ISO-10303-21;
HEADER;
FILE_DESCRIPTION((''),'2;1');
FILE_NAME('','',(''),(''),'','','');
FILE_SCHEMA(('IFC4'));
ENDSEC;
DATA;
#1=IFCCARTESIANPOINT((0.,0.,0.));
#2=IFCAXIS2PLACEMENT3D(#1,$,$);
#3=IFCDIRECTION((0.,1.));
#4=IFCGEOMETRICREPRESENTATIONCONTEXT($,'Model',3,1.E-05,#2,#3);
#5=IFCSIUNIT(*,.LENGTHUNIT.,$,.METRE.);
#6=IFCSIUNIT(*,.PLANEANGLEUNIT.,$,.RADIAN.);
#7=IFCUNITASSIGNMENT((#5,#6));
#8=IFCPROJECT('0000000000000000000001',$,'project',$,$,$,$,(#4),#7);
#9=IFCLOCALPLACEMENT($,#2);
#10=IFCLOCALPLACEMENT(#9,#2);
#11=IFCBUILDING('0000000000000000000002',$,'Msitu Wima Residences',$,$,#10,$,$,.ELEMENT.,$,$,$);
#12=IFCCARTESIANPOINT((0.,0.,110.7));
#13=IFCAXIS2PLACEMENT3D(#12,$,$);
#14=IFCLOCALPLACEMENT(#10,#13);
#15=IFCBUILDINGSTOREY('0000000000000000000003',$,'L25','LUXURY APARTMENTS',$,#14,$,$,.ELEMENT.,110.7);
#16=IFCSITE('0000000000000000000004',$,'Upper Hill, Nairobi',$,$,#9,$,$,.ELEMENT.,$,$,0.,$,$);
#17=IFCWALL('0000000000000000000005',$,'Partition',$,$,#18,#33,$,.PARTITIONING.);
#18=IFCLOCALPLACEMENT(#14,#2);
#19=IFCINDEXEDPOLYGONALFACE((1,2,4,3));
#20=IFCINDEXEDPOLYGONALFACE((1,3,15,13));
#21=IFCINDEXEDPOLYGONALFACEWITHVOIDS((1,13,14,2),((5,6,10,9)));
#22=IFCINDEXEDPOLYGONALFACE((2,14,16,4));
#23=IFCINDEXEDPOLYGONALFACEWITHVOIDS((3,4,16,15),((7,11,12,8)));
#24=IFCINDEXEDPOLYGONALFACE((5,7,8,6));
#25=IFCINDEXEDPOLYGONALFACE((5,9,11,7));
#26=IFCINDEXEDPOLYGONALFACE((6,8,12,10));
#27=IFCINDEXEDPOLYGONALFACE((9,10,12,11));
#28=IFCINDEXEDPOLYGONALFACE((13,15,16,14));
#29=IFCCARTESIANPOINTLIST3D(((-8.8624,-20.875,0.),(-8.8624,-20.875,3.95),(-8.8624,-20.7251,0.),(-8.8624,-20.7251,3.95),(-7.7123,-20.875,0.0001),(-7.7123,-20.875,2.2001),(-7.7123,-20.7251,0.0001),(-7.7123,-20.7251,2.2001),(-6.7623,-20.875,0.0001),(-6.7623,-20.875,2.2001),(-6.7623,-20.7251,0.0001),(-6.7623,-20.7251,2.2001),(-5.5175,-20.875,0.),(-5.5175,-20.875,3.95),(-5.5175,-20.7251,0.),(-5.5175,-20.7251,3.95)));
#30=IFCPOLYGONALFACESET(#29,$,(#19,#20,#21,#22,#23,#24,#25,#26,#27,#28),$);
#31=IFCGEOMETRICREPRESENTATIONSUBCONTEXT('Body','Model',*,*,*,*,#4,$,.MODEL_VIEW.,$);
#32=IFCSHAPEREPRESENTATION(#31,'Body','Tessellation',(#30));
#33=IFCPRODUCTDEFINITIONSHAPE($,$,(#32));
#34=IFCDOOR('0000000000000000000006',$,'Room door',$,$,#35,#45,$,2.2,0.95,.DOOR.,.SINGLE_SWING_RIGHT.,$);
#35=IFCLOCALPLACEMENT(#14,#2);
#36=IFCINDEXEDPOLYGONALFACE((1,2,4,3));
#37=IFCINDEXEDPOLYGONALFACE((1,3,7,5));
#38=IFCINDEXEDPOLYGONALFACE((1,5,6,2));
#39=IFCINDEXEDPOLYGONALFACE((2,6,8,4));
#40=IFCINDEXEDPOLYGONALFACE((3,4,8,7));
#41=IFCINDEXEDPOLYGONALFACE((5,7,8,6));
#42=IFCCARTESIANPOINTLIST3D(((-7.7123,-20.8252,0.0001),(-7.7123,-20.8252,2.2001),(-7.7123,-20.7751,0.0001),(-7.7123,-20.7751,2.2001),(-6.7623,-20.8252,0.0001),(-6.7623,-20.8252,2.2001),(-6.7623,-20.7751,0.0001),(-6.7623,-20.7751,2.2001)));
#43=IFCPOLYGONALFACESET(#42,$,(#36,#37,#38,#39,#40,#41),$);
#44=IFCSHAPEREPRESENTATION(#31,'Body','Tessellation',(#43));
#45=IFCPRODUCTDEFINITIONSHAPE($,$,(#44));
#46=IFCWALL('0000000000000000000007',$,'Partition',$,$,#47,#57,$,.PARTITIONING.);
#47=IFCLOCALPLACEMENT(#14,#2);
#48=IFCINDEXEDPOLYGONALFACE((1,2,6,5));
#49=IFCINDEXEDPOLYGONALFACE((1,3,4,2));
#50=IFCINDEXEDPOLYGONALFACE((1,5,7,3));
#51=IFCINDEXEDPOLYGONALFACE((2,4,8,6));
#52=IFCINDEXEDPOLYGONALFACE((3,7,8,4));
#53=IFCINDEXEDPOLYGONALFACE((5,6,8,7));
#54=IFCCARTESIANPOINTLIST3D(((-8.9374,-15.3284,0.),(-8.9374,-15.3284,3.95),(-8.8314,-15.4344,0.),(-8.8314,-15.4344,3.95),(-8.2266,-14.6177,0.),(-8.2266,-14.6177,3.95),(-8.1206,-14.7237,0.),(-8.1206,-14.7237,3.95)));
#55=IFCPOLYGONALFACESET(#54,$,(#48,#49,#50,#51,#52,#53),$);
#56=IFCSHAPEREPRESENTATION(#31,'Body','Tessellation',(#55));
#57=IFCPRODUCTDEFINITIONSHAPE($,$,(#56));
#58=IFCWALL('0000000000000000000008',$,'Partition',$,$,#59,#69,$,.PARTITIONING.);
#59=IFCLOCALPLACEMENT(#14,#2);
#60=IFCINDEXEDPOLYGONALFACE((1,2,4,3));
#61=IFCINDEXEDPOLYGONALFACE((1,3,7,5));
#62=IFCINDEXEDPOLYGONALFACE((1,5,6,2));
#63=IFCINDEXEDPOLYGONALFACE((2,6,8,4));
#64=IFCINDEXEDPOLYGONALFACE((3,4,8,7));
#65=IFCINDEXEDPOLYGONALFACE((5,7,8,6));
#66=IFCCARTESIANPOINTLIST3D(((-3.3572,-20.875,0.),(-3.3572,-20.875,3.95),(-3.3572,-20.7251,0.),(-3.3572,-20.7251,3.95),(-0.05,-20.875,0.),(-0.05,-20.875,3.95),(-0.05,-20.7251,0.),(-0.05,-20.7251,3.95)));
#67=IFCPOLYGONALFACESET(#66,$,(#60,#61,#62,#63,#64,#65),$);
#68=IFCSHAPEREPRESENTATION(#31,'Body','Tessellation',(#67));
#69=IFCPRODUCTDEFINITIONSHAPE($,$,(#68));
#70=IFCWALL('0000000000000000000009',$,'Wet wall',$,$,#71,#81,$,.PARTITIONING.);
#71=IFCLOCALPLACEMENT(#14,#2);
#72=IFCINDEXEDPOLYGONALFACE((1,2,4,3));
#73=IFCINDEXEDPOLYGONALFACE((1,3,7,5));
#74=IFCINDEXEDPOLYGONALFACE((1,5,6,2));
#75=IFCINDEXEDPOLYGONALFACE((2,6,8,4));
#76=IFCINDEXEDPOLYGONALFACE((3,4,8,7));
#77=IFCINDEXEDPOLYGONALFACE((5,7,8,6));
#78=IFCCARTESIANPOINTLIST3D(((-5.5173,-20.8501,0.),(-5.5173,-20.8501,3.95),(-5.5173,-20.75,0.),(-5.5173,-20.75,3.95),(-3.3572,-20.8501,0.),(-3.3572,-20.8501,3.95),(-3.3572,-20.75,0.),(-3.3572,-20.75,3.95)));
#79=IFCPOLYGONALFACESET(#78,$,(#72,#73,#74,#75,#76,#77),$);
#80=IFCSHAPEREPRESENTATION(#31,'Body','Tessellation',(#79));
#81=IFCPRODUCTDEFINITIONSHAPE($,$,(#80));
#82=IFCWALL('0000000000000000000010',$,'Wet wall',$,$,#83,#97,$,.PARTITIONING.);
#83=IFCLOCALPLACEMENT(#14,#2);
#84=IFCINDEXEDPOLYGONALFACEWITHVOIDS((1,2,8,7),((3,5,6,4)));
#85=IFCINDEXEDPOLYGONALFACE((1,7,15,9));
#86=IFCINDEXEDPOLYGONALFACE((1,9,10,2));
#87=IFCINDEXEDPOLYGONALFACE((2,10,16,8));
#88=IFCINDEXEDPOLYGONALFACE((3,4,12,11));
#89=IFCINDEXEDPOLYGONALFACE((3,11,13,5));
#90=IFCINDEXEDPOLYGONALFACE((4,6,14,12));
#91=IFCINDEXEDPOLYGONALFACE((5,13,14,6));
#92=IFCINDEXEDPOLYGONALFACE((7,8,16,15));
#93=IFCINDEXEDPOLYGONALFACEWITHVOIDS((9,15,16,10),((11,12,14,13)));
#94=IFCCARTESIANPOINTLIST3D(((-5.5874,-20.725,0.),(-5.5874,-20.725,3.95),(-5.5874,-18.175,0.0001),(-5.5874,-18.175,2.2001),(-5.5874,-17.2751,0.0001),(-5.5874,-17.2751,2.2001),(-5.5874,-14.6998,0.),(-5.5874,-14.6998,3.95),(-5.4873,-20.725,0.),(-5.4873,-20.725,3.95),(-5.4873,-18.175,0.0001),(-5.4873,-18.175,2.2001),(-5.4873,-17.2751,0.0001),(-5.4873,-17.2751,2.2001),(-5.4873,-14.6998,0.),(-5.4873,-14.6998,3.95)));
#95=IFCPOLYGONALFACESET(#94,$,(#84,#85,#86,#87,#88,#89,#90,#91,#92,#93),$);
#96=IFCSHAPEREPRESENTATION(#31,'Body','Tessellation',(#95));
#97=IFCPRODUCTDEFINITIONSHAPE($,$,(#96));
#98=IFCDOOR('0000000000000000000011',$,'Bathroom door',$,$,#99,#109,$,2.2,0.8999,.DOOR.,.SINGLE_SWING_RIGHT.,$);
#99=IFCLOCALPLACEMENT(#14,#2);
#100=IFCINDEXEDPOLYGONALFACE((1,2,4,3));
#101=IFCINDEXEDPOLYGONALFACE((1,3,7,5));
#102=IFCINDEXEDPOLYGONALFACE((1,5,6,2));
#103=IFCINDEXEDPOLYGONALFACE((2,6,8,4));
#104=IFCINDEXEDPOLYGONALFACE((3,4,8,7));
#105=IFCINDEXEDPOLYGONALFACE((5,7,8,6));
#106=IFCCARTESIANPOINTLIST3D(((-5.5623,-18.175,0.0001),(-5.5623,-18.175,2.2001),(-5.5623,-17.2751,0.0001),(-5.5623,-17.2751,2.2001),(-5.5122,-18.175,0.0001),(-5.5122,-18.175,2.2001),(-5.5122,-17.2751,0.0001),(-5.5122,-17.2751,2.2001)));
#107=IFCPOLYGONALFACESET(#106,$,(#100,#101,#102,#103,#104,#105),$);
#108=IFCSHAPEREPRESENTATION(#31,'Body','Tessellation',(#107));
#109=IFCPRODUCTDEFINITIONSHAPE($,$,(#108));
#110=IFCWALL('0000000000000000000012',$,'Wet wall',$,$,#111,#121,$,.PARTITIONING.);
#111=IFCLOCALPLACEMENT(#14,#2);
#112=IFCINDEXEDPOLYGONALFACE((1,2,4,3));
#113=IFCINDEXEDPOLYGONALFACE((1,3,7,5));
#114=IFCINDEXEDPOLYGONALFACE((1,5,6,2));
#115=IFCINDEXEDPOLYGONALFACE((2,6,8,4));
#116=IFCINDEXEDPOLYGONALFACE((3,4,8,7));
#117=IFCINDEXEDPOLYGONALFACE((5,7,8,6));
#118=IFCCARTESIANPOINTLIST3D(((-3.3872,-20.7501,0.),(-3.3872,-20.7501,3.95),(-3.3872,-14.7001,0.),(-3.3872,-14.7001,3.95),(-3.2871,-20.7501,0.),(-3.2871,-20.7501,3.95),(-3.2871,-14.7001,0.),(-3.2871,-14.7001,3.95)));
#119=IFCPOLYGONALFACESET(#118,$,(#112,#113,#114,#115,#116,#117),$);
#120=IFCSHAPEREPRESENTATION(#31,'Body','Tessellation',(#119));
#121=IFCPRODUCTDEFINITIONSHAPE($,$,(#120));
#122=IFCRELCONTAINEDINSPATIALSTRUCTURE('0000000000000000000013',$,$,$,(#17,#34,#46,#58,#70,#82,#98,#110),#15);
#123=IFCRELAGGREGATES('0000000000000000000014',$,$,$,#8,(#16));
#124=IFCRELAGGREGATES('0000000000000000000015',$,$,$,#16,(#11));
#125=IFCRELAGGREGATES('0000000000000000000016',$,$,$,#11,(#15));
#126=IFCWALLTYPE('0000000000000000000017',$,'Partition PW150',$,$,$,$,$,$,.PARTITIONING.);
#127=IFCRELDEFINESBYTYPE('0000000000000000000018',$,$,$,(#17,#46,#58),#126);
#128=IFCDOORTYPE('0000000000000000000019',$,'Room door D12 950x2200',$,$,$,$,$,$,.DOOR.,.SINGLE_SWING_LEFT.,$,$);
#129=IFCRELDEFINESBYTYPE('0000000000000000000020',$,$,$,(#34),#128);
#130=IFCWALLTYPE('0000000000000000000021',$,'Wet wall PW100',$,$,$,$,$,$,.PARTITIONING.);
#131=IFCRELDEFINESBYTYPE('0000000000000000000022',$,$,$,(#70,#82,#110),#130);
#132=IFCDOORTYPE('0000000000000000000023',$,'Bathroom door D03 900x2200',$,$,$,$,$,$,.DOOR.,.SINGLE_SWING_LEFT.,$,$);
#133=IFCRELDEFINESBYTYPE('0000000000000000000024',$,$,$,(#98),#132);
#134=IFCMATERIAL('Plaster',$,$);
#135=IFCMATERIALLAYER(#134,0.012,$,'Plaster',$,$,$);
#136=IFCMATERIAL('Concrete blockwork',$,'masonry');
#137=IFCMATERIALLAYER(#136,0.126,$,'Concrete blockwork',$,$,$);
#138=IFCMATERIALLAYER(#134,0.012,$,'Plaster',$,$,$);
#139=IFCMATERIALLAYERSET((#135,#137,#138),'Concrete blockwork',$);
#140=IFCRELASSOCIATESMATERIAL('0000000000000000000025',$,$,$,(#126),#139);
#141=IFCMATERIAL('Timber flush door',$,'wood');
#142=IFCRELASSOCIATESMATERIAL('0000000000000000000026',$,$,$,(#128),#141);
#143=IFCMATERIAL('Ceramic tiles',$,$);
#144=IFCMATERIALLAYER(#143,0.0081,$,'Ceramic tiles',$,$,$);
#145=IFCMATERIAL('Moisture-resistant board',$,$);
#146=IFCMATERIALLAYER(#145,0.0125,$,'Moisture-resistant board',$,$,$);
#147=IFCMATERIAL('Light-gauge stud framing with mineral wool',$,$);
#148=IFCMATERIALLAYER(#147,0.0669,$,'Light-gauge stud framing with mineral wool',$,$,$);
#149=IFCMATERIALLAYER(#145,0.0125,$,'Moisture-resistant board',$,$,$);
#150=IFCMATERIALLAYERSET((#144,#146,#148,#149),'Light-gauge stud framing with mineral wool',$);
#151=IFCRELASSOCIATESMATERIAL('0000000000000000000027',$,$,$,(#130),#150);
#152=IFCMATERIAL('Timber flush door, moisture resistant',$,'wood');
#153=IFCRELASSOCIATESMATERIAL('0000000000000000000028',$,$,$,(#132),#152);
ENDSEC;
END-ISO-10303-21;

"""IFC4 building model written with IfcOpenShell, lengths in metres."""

from ifc_helpers import new_model, si_unit, direction, frame, frame_2d, origin, place, context, subcontext, project, spatial, rectangle, extrude, material, layer, layer_set, type_object, element, fill, save


model = new_model("IFC4")

# Units and contexts
model_context = context("Model", 3, precision=1e-05, world=origin(), true_north=direction((0.0, 1.0)))
body_context = subcontext(model_context, "Body", "Model", "MODEL_VIEW")
ifc_project = project(units=[si_unit("LENGTHUNIT", "METRE"), si_unit("PLANEANGLEUNIT", "RADIAN")], contexts=[model_context])

# Site, building, storey
site_placement = place(None, origin())
site = spatial("IfcSite", under=ifc_project, at=site_placement, Name="Upper Hill, Nairobi", CompositionType="ELEMENT", RefElevation=0.0)
building_placement = place(site_placement, origin())
building = spatial("IfcBuilding", under=site, at=building_placement, Name="Msitu Wima Residences", CompositionType="ELEMENT")
storey_placement = place(building_placement, frame((0.0, 0.0, 110.7)))
storey = spatial("IfcBuildingStorey", under=building, at=storey_placement, Name="L25", Description="LUXURY APARTMENTS", CompositionType="ELEMENT", Elevation=110.7)

# Shared definitions
ifc_material_1 = material(Name="Plaster")
ifc_layer_1 = layer(ifc_material_1, 0.012, Name="Plaster")
ifc_material_2 = material(Name="Concrete blockwork", Category="masonry")
ifc_layer_2 = layer(ifc_material_2, 0.126, Name="Concrete blockwork")
ifc_layer_3 = layer(ifc_material_1, 0.012, Name="Plaster")
ifc_layer_set_1 = layer_set([ifc_layer_1, ifc_layer_2, ifc_layer_3], Name="Concrete blockwork")
wall_type_1 = type_object("IfcWallType", Name="Partition PW150", PredefinedType="PARTITIONING", material=ifc_layer_set_1)

# Shared definitions
ifc_material_3 = material(Name="Timber flush door", Category="wood")
door_type_1 = type_object("IfcDoorType", Name="Room door D12 950x2200", OperationType="SINGLE_SWING_LEFT", PredefinedType="DOOR", material=ifc_material_3)

# Wall, opening, door
wall_1_placement = place(storey_placement, frame((-8.8623, -20.8, 0.0), z_axis=(0.0, 0.0, 1.0), x_axis=(1.0, 0.0, 0.0)))
wall_1 = element("IfcWall", 1, at=wall_1_placement, inside=storey, type_object=wall_type_1, Name="Partition", PredefinedType="PARTITIONING", context=body_context, shape_type="SweptSolid", body=[
    extrude(rectangle(XDim=3.345, YDim=0.1499, at=frame_2d((1.6724, 0.0))), origin(), (0.0, 0.0, 1.0), 3.95),
])
opening_1_placement = place(wall_1_placement, frame((1.1499, 0.0, 0.0)))
opening_1 = element("IfcOpeningElement", 2, at=opening_1_placement, cuts=wall_1, PredefinedType="OPENING", context=body_context, shape_type="SweptSolid", body=[
    extrude(rectangle(XDim=0.95, YDim=2.2, at=frame_2d((0.4751, 1.1001))), frame((0.0, 0.085, 0.0), z_axis=(0.0, -1.0, 0.0), x_axis=(1.0, 0.0, 0.0)), (0.0, 0.0, 1.0), 0.1699),
])
door_1_placement = place(opening_1_placement, origin())
door_1 = element("IfcDoor", 3, at=door_1_placement, inside=storey, type_object=door_type_1, Name="Room door", OperationType="SINGLE_SWING_RIGHT", OverallHeight=2.2, OverallWidth=0.95, PredefinedType="DOOR", context=body_context, shape_type="SweptSolid", body=[
    extrude(rectangle(XDim=0.95, YDim=2.2, at=frame_2d((0.4751, 1.1001))), frame((0.0, 0.0249, 0.0), z_axis=(0.0, -1.0, 0.0), x_axis=(1.0, 0.0, 0.0)), (0.0, 0.0, 1.0), 0.05),
])
fill(opening_1, door_1)

# Walls
wall_2_placement = place(storey_placement, frame((-8.8843, -15.3813, 0.0), z_axis=(0.0, 0.0, 1.0), x_axis=(0.707107, 0.707107, 0.0)))
element("IfcWall", 4, at=wall_2_placement, inside=storey, type_object=wall_type_1, Name="Partition", PredefinedType="PARTITIONING", context=body_context, shape_type="SweptSolid", body=[
    extrude(rectangle(XDim=1.0051, YDim=0.1499, at=frame_2d((0.5024, 0.0))), origin(), (0.0, 0.0, 1.0), 3.95),
])
wall_3_placement = place(storey_placement, frame((-3.3572, -20.8, 0.0), z_axis=(0.0, 0.0, 1.0), x_axis=(1.0, 0.0, 0.0)))
element("IfcWall", 5, at=wall_3_placement, inside=storey, type_object=wall_type_1, Name="Partition", PredefinedType="PARTITIONING", context=body_context, shape_type="SweptSolid", body=[
    extrude(rectangle(XDim=3.3071, YDim=0.1499, at=frame_2d((1.6536, 0.0))), origin(), (0.0, 0.0, 1.0), 3.95),
])
ifc_material_4 = material(Name="Ceramic tiles")
ifc_layer_4 = layer(ifc_material_4, 0.0081, Name="Ceramic tiles")
ifc_material_5 = material(Name="Moisture-resistant board")
ifc_layer_5 = layer(ifc_material_5, 0.0125, Name="Moisture-resistant board")
ifc_material_6 = material(Name="Light-gauge stud framing with mineral wool")
ifc_layer_6 = layer(ifc_material_6, 0.0669, Name="Light-gauge stud framing with mineral wool")
ifc_layer_7 = layer(ifc_material_5, 0.0125, Name="Moisture-resistant board")
ifc_layer_set_2 = layer_set([ifc_layer_4, ifc_layer_5, ifc_layer_6, ifc_layer_7], Name="Light-gauge stud framing with mineral wool")
wall_type_2 = type_object("IfcWallType", Name="Wet wall PW100", PredefinedType="PARTITIONING", material=ifc_layer_set_2)
wall_4_placement = place(storey_placement, frame((-5.5173, -20.8, 0.0), z_axis=(0.0, 0.0, 1.0), x_axis=(1.0, 0.0, 0.0)))
element("IfcWall", 6, at=wall_4_placement, inside=storey, type_object=wall_type_2, Name="Wet wall", PredefinedType="PARTITIONING", context=body_context, shape_type="SweptSolid", body=[
    extrude(rectangle(XDim=2.1602, YDim=0.1001, at=frame_2d((1.0801, 0.0))), origin(), (0.0, 0.0, 1.0), 3.95),
])

# Wall, opening, door
wall_5_placement = place(storey_placement, frame((-5.5374, -20.7251, 0.0), z_axis=(0.0, 0.0, 1.0), x_axis=(0.0, 1.0, 0.0)))
wall_5 = element("IfcWall", 7, at=wall_5_placement, inside=storey, type_object=wall_type_2, Name="Wet wall", PredefinedType="PARTITIONING", context=body_context, shape_type="SweptSolid", body=[
    extrude(rectangle(XDim=6.0251, YDim=0.1001, at=frame_2d((3.0127, 0.0))), origin(), (0.0, 0.0, 1.0), 3.95),
])
opening_2_placement = place(wall_5_placement, frame((2.55, 0.0, 0.0)))
opening_2 = element("IfcOpeningElement", 8, at=opening_2_placement, cuts=wall_5, PredefinedType="OPENING", context=body_context, shape_type="SweptSolid", body=[
    extrude(rectangle(XDim=0.8999, YDim=2.2, at=frame_2d((0.45, 1.1001))), frame((0.0, 0.0601, 0.0), z_axis=(0.0, -1.0, 0.0), x_axis=(1.0, 0.0, 0.0)), (0.0, 0.0, 1.0), 0.1201),
])
ifc_material_7 = material(Name="Timber flush door, moisture resistant", Category="wood")
door_type_2 = type_object("IfcDoorType", Name="Bathroom door D03 900x2200", OperationType="SINGLE_SWING_LEFT", PredefinedType="DOOR", material=ifc_material_7)
door_2_placement = place(opening_2_placement, origin())
door_2 = element("IfcDoor", 9, at=door_2_placement, inside=storey, type_object=door_type_2, Name="Bathroom door", OperationType="SINGLE_SWING_RIGHT", OverallHeight=2.2, OverallWidth=0.8999, PredefinedType="DOOR", context=body_context, shape_type="SweptSolid", body=[
    extrude(rectangle(XDim=0.8999, YDim=2.2, at=frame_2d((0.45, 1.1001))), frame((0.0, 0.0249, 0.0), z_axis=(0.0, -1.0, 0.0), x_axis=(1.0, 0.0, 0.0)), (0.0, 0.0, 1.0), 0.05),
])
fill(opening_2, door_2)

# Wall
wall_6_placement = place(storey_placement, frame((-3.3372, -20.75, 0.0), z_axis=(0.0, 0.0, 1.0), x_axis=(0.0, 1.0, 0.0)))
element("IfcWall", 10, at=wall_6_placement, inside=storey, type_object=wall_type_2, Name="Wet wall", PredefinedType="PARTITIONING", context=body_context, shape_type="SweptSolid", body=[
    extrude(rectangle(XDim=6.05, YDim=0.1001, at=frame_2d((3.0249, 0.0))), origin(), (0.0, 0.0, 1.0), 3.95),
])

save(model, "model.ifc")
